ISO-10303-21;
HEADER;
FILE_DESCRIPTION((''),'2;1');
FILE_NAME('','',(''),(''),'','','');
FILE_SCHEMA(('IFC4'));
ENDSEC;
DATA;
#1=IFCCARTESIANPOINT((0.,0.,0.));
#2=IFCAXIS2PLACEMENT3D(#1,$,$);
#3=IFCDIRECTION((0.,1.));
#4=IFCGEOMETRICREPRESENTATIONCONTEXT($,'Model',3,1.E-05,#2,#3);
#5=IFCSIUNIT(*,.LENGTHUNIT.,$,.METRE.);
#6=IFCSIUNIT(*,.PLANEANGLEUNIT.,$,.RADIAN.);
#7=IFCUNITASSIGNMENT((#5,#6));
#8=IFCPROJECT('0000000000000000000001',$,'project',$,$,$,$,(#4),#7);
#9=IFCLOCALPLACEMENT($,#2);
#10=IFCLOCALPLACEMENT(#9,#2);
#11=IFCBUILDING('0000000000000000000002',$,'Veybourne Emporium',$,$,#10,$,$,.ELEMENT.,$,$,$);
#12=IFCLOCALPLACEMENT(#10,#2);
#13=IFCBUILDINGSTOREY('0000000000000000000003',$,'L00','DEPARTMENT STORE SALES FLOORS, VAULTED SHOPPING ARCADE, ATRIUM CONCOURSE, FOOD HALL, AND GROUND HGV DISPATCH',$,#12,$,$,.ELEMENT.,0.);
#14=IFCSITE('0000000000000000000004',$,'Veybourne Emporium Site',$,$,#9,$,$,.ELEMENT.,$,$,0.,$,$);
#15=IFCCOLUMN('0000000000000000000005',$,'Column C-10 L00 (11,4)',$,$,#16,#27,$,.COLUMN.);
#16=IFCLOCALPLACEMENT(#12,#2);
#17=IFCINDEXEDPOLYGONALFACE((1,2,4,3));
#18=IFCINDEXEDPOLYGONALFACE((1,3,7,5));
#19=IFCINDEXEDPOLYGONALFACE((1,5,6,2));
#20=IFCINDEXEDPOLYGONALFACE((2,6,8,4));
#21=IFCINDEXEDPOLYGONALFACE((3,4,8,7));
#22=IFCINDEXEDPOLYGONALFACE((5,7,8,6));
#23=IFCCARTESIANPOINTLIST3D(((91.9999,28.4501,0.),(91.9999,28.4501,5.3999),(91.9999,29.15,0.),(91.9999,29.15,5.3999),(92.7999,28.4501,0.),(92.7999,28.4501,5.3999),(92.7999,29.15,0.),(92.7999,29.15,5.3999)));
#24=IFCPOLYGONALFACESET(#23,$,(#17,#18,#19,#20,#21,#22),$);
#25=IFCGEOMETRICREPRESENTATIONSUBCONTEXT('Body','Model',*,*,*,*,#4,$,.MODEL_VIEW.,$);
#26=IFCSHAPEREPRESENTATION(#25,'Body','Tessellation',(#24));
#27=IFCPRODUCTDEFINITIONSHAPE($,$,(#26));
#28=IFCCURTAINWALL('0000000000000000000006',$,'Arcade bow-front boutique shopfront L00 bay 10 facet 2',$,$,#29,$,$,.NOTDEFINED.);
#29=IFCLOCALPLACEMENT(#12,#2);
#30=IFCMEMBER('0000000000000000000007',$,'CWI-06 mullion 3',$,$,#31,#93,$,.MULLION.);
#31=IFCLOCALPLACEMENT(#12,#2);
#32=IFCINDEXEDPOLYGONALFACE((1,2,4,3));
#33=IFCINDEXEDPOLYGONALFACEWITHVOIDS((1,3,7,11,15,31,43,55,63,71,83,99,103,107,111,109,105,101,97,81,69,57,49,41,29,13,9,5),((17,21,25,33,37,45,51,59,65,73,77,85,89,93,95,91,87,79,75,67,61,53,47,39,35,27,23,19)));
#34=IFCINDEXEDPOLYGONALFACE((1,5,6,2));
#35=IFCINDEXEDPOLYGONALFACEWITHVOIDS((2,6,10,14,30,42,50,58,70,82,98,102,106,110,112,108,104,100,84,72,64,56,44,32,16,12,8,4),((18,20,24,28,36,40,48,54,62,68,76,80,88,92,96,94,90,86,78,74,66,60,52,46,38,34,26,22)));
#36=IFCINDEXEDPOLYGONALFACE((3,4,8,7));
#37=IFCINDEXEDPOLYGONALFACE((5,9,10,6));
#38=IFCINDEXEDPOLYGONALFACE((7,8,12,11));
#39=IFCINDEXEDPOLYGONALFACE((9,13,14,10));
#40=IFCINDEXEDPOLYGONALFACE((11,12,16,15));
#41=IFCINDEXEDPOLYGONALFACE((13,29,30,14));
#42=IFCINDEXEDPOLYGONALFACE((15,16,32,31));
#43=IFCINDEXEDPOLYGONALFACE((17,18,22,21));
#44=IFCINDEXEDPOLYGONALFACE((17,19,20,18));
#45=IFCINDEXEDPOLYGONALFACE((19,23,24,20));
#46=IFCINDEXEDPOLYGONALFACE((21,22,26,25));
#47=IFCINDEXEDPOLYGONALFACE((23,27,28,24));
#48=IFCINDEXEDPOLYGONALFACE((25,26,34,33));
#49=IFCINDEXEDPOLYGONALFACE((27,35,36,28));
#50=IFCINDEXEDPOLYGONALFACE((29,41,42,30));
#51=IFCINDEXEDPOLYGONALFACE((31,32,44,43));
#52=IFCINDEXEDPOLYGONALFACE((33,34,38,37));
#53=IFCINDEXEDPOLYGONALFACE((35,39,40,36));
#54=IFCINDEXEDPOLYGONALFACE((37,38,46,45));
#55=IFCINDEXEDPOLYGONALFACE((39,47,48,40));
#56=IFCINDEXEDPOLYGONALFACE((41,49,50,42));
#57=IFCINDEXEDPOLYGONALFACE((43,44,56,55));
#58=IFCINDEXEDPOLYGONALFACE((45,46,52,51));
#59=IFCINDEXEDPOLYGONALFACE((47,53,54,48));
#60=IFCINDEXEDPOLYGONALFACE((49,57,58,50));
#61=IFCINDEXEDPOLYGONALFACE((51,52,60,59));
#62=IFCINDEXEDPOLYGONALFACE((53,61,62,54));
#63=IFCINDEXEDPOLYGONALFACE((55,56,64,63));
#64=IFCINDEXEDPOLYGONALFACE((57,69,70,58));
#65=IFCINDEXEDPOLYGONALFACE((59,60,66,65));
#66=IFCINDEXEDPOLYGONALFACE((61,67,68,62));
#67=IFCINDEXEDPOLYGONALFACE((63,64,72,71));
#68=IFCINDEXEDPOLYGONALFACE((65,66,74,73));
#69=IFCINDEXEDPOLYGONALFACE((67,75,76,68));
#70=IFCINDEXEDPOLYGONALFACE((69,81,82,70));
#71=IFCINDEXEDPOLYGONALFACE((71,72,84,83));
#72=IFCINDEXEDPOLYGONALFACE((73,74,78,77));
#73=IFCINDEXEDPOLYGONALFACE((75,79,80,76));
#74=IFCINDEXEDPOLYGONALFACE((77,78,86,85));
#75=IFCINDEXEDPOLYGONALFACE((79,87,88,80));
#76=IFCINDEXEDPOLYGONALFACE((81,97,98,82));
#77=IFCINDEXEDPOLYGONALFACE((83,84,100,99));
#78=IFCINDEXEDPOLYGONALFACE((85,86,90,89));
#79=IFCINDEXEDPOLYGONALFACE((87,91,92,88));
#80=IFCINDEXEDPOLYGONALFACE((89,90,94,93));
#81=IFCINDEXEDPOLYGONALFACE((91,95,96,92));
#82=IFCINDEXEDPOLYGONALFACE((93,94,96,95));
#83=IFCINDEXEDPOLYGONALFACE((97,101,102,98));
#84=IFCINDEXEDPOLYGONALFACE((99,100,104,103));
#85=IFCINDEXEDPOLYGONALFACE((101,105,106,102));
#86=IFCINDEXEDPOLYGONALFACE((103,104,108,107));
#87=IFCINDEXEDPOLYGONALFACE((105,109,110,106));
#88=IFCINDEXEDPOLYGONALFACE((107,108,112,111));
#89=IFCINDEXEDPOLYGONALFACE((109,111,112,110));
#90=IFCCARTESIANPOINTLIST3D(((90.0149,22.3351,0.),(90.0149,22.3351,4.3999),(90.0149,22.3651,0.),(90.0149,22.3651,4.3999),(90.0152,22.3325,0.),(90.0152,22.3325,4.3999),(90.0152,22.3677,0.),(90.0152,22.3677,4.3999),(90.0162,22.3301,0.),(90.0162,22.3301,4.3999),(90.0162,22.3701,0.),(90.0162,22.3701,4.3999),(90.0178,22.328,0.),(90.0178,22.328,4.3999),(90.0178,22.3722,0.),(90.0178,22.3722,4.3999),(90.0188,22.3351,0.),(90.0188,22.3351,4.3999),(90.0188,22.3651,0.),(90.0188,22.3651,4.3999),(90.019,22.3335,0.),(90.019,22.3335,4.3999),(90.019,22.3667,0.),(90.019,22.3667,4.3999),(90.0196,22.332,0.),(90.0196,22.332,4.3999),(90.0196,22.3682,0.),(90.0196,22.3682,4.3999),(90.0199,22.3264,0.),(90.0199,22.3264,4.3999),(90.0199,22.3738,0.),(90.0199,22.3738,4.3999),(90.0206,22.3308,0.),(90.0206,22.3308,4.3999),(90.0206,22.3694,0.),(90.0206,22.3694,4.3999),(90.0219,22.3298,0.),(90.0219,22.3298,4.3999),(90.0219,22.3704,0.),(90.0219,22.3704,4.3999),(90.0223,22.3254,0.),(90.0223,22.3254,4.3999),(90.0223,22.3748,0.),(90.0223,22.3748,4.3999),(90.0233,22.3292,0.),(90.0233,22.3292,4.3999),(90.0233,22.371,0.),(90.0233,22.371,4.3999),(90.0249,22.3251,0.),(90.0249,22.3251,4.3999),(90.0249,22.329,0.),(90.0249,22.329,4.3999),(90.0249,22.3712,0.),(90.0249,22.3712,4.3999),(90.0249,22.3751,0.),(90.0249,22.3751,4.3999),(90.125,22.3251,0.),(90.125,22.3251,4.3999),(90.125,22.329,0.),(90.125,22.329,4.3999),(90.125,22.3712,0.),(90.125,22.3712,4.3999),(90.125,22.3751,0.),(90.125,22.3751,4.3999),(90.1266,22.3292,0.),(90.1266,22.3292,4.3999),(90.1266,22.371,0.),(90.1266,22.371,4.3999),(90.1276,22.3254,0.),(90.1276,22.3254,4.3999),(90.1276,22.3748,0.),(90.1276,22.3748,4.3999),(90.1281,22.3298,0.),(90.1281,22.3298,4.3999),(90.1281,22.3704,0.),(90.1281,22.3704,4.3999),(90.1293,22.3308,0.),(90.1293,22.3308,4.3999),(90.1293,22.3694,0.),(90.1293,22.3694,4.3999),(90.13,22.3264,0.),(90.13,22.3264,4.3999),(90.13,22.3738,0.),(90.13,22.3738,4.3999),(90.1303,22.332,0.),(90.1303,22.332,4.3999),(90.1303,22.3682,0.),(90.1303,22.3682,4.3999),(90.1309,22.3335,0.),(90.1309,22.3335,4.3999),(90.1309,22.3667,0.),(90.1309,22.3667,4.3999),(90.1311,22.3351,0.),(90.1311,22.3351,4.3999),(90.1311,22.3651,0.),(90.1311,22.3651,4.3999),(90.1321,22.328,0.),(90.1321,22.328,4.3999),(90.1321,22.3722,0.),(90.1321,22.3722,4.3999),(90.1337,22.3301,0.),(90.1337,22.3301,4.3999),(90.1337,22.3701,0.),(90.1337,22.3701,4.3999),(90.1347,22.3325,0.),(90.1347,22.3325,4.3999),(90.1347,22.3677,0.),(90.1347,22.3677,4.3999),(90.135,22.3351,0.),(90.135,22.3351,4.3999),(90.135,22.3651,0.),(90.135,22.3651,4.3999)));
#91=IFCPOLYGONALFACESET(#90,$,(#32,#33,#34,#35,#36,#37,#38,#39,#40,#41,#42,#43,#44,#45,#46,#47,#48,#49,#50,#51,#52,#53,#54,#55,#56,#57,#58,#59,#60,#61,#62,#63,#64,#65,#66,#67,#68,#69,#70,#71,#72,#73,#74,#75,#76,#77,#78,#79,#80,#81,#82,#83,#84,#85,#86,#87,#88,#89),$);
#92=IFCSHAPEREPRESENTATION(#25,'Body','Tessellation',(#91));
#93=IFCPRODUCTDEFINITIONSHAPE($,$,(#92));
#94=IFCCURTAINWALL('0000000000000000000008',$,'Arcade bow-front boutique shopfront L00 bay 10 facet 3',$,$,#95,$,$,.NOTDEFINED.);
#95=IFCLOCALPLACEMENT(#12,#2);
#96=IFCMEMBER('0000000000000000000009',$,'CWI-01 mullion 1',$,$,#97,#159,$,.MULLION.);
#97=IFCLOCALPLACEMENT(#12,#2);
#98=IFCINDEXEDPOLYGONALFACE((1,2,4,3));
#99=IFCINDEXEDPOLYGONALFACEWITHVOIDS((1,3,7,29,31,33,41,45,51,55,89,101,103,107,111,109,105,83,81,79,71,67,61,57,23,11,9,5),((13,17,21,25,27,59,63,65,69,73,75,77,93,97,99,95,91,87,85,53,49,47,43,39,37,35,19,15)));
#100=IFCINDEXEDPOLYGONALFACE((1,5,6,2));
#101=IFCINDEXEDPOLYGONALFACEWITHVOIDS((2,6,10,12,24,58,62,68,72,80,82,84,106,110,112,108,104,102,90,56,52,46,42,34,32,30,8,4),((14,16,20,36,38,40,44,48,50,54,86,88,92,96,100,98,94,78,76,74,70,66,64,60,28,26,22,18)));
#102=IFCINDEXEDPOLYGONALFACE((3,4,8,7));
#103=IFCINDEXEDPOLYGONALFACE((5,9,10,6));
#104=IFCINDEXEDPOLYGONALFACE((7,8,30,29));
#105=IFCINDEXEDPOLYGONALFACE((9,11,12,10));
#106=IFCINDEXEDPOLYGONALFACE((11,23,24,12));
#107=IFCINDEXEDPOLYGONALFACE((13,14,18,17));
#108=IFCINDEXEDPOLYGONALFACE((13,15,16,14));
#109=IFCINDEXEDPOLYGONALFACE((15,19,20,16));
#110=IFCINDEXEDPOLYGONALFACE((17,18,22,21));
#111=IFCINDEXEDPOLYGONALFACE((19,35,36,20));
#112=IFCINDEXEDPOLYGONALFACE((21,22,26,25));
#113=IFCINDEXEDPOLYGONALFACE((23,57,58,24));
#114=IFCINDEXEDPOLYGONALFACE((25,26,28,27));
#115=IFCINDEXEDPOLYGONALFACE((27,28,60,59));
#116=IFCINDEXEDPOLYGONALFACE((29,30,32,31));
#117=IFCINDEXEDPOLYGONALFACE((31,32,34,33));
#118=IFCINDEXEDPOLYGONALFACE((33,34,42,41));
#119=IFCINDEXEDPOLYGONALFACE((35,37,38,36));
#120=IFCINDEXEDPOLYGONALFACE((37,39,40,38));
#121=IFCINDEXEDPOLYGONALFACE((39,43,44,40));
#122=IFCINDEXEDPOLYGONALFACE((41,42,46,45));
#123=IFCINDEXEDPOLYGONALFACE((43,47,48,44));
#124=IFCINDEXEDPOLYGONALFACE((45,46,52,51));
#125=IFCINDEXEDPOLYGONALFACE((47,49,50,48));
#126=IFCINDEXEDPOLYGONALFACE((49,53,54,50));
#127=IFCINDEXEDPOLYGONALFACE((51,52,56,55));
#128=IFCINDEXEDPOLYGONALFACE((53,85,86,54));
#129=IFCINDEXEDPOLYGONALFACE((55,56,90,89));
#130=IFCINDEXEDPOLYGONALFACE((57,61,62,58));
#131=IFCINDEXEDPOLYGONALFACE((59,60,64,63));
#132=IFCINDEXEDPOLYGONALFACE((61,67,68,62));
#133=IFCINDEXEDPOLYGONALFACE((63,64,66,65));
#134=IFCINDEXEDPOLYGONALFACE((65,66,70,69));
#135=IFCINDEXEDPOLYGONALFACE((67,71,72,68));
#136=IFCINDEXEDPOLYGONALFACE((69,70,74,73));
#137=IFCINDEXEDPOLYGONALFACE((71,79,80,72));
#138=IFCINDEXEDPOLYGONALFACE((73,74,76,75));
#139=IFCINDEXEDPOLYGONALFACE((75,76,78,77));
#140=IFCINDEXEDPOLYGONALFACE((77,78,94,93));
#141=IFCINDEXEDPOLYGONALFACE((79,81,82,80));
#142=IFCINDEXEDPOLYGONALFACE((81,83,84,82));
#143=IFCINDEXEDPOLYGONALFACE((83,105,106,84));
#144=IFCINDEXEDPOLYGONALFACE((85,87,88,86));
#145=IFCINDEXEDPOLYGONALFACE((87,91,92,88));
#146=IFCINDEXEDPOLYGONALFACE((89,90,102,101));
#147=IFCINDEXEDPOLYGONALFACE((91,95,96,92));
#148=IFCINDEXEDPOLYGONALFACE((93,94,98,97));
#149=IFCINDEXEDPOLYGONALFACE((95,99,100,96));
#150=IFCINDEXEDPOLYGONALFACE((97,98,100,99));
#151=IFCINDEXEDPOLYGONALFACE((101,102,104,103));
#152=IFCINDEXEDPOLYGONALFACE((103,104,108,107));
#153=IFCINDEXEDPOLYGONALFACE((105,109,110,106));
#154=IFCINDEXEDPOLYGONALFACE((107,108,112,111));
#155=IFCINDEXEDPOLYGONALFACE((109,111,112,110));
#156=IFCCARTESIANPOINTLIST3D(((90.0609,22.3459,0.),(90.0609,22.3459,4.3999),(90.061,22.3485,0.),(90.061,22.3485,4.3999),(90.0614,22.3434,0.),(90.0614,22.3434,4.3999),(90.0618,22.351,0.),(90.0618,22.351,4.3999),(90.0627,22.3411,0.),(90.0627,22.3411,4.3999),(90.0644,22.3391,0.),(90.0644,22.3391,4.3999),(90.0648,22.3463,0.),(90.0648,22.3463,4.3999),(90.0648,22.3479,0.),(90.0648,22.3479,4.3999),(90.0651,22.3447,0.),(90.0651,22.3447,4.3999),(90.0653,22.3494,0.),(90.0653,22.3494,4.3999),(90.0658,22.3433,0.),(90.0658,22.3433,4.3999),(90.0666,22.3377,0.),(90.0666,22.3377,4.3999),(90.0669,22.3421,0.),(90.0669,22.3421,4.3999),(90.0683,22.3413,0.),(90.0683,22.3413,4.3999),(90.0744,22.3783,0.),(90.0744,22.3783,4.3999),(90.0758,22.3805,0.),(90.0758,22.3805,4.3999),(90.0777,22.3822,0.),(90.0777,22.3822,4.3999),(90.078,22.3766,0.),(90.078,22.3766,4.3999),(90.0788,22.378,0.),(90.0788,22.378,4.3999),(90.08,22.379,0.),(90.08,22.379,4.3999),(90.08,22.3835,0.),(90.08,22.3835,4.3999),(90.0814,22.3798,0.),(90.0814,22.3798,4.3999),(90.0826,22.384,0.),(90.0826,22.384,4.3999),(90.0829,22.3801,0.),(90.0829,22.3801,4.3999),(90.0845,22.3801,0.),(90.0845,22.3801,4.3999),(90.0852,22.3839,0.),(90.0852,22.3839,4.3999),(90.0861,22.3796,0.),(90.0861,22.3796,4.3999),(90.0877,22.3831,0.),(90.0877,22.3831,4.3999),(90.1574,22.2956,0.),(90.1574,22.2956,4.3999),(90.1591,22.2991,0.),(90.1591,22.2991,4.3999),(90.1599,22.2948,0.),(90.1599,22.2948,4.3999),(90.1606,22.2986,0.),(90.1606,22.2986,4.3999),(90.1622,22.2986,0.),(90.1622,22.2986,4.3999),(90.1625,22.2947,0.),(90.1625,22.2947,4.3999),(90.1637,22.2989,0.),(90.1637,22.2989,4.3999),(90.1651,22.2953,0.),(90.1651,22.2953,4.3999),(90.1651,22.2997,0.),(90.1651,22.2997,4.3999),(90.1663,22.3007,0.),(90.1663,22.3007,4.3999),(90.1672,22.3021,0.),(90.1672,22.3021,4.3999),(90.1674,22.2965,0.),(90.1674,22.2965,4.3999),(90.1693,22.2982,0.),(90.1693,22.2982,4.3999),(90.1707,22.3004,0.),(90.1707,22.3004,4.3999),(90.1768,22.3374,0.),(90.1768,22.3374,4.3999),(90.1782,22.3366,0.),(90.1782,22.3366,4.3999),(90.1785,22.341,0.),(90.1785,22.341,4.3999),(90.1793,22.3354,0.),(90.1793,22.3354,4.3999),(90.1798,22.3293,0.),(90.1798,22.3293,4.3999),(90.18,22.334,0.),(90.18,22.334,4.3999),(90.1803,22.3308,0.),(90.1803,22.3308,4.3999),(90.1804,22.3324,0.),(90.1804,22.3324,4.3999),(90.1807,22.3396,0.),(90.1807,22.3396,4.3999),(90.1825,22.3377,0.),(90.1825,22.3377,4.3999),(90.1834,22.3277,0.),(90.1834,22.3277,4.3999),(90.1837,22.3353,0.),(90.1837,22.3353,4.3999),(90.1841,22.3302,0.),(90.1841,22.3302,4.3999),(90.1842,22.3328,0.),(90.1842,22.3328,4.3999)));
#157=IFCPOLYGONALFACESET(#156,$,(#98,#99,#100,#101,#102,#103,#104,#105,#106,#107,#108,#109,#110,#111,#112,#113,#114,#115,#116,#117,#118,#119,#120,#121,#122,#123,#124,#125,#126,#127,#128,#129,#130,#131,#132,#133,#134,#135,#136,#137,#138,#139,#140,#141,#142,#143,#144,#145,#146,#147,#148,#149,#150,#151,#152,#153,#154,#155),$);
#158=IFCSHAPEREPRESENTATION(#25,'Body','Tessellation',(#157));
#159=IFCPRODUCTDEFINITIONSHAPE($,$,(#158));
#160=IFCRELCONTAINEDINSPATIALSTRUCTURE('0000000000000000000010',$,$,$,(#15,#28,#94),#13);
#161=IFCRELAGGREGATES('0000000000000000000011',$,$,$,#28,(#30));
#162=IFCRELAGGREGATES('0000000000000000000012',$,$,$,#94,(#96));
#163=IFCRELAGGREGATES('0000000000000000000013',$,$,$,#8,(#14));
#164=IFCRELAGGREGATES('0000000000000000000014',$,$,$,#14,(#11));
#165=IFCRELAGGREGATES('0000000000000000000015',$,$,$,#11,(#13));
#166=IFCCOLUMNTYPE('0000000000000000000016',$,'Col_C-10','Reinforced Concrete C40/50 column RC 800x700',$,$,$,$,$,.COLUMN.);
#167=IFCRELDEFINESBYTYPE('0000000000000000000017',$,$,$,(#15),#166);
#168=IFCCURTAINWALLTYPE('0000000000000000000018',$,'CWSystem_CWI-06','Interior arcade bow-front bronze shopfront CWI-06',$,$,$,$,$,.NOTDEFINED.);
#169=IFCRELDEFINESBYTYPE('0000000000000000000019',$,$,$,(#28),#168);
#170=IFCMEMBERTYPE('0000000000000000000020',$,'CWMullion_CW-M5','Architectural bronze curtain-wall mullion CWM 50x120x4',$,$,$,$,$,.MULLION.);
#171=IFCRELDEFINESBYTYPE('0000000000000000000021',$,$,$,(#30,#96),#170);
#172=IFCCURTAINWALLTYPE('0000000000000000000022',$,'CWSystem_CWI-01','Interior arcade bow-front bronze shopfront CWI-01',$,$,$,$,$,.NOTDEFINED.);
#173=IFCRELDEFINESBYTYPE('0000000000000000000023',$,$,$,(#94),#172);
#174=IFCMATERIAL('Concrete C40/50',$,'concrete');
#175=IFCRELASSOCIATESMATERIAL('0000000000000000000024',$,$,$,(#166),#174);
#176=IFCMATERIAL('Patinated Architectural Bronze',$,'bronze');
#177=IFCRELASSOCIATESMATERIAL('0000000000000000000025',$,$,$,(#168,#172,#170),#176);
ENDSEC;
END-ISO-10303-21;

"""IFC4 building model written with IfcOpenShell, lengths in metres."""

from ifc_helpers import new_model, si_unit, direction, frame, origin, origin_2d, place, context, subcontext, project, spatial, rectangle, hollow_rectangle, extrude, material, material_profile, profile_set, type_object, element, aggregate, save


model = new_model("IFC4")

# Units and contexts
model_context = context("Model", 3, precision=1e-05, world=origin(), true_north=direction((0.0, 1.0)))
body_context = subcontext(model_context, "Body", "Model", "MODEL_VIEW")
ifc_project = project(units=[si_unit("LENGTHUNIT", "METRE"), si_unit("PLANEANGLEUNIT", "RADIAN")], contexts=[model_context])

# Site, building, storey
site_placement = place(None, origin())
site = spatial("IfcSite", under=ifc_project, at=site_placement, Name="Veybourne Emporium Site", CompositionType="ELEMENT", RefElevation=0.0)
building_placement = place(site_placement, origin())
building = spatial("IfcBuilding", under=site, at=building_placement, Name="Veybourne Emporium", CompositionType="ELEMENT")
storey_placement = place(building_placement, origin())
storey = spatial("IfcBuildingStorey", under=building, at=storey_placement, Name="L00", Description="DEPARTMENT STORE SALES FLOORS, VAULTED SHOPPING ARCADE, ATRIUM CONCOURSE, FOOD HALL, AND GROUND HGV DISPATCH", CompositionType="ELEMENT", Elevation=0.0)

# Column
ifc_material_1 = material(Name="Concrete C40/50", Category="concrete")
ifc_material_profile_1 = material_profile(ifc_material_1, rectangle(XDim=0.8, YDim=0.7, at=origin_2d()), Name="RC 800x700")
ifc_profile_set_1 = profile_set([ifc_material_profile_1], Name="Concrete C40/50")
column_type = type_object("IfcColumnType", Name="Col_C-10", Description="Reinforced Concrete C40/50 column RC 800x700", PredefinedType="COLUMN", material=ifc_profile_set_1)
column_placement = place(storey_placement, frame((92.3999, 28.8, 0.0), z_axis=(0.0, 0.0, 1.0), x_axis=(1.0, 0.0, 0.0)))
element("IfcColumn", 1, at=column_placement, inside=storey, type_object=column_type, Name="Column C-10 L00 (11,4)", PredefinedType="COLUMN", context=body_context, shape_type="SweptSolid", body=[
    extrude(rectangle(XDim=0.8, YDim=0.7, at=origin_2d()), origin(), (0.0, 0.0, 1.0), 5.3999),
])

# Curtain wall, member
ifc_material_2 = material(Name="Patinated Architectural Bronze", Category="bronze")
curtain_wall_type_1 = type_object("IfcCurtainWallType", Name="CWSystem_CWI-06", Description="Interior arcade bow-front bronze shopfront CWI-06", PredefinedType="NOTDEFINED", material=ifc_material_2)
curtain_wall_1_placement = place(storey_placement, origin())
curtain_wall_1 = element("IfcCurtainWall", 2, at=curtain_wall_1_placement, inside=storey, type_object=curtain_wall_type_1, Name="Arcade bow-front boutique shopfront L00 bay 10 facet 2", PredefinedType="NOTDEFINED")
ifc_material_profile_2 = material_profile(ifc_material_2, hollow_rectangle(XDim=0.05, YDim=0.1201, WallThickness=0.0039, InnerFilletRadius=0.0061, OuterFilletRadius=0.01, at=origin_2d()), Name="CWM 50x120x4")
ifc_profile_set_2 = profile_set([ifc_material_profile_2], Name="Patinated Architectural Bronze")
member_type_1 = type_object("IfcMemberType", Name="CWMullion_CW-M5", Description="Architectural bronze curtain-wall mullion CWM 50x120x4", PredefinedType="MULLION", material=ifc_profile_set_2)
member_1_placement = place(storey_placement, frame((90.075, 22.3501, 0.0), z_axis=(0.0, 0.0, 1.0), x_axis=(0.0, 1.0, 0.0)))
member_1 = element("IfcMember", 3, at=member_1_placement, type_object=member_type_1, Name="CWI-06 mullion 3", PredefinedType="MULLION", context=body_context, shape_type="SweptSolid", body=[
    extrude(hollow_rectangle(XDim=0.05, YDim=0.1201, WallThickness=0.0039, InnerFilletRadius=0.0061, OuterFilletRadius=0.01, at=origin_2d()), origin(), (0.0, 0.0, 1.0), 4.3999),
])

# Curtain wall, member
curtain_wall_type_2 = type_object("IfcCurtainWallType", Name="CWSystem_CWI-01", Description="Interior arcade bow-front bronze shopfront CWI-01", PredefinedType="NOTDEFINED", material=ifc_material_2)
curtain_wall_2_placement = place(storey_placement, origin())
curtain_wall_2 = element("IfcCurtainWall", 4, at=curtain_wall_2_placement, inside=storey, type_object=curtain_wall_type_2, Name="Arcade bow-front boutique shopfront L00 bay 10 facet 3", PredefinedType="NOTDEFINED")
member_2_placement = place(storey_placement, frame((90.1226, 22.3394, 0.0), z_axis=(0.0, 0.0, 1.0), x_axis=(0.421111, 0.907009, 0.0)))
member_2 = element("IfcMember", 5, at=member_2_placement, type_object=member_type_1, Name="CWI-01 mullion 1", PredefinedType="MULLION", context=body_context, shape_type="SweptSolid", body=[
    extrude(hollow_rectangle(XDim=0.05, YDim=0.1201, WallThickness=0.0039, InnerFilletRadius=0.0061, OuterFilletRadius=0.01, at=origin_2d()), origin(), (0.0, 0.0, 1.0), 4.3999),
])

aggregate(curtain_wall_1, [member_1])
aggregate(curtain_wall_2, [member_2])

save(model, "model.ifc")
